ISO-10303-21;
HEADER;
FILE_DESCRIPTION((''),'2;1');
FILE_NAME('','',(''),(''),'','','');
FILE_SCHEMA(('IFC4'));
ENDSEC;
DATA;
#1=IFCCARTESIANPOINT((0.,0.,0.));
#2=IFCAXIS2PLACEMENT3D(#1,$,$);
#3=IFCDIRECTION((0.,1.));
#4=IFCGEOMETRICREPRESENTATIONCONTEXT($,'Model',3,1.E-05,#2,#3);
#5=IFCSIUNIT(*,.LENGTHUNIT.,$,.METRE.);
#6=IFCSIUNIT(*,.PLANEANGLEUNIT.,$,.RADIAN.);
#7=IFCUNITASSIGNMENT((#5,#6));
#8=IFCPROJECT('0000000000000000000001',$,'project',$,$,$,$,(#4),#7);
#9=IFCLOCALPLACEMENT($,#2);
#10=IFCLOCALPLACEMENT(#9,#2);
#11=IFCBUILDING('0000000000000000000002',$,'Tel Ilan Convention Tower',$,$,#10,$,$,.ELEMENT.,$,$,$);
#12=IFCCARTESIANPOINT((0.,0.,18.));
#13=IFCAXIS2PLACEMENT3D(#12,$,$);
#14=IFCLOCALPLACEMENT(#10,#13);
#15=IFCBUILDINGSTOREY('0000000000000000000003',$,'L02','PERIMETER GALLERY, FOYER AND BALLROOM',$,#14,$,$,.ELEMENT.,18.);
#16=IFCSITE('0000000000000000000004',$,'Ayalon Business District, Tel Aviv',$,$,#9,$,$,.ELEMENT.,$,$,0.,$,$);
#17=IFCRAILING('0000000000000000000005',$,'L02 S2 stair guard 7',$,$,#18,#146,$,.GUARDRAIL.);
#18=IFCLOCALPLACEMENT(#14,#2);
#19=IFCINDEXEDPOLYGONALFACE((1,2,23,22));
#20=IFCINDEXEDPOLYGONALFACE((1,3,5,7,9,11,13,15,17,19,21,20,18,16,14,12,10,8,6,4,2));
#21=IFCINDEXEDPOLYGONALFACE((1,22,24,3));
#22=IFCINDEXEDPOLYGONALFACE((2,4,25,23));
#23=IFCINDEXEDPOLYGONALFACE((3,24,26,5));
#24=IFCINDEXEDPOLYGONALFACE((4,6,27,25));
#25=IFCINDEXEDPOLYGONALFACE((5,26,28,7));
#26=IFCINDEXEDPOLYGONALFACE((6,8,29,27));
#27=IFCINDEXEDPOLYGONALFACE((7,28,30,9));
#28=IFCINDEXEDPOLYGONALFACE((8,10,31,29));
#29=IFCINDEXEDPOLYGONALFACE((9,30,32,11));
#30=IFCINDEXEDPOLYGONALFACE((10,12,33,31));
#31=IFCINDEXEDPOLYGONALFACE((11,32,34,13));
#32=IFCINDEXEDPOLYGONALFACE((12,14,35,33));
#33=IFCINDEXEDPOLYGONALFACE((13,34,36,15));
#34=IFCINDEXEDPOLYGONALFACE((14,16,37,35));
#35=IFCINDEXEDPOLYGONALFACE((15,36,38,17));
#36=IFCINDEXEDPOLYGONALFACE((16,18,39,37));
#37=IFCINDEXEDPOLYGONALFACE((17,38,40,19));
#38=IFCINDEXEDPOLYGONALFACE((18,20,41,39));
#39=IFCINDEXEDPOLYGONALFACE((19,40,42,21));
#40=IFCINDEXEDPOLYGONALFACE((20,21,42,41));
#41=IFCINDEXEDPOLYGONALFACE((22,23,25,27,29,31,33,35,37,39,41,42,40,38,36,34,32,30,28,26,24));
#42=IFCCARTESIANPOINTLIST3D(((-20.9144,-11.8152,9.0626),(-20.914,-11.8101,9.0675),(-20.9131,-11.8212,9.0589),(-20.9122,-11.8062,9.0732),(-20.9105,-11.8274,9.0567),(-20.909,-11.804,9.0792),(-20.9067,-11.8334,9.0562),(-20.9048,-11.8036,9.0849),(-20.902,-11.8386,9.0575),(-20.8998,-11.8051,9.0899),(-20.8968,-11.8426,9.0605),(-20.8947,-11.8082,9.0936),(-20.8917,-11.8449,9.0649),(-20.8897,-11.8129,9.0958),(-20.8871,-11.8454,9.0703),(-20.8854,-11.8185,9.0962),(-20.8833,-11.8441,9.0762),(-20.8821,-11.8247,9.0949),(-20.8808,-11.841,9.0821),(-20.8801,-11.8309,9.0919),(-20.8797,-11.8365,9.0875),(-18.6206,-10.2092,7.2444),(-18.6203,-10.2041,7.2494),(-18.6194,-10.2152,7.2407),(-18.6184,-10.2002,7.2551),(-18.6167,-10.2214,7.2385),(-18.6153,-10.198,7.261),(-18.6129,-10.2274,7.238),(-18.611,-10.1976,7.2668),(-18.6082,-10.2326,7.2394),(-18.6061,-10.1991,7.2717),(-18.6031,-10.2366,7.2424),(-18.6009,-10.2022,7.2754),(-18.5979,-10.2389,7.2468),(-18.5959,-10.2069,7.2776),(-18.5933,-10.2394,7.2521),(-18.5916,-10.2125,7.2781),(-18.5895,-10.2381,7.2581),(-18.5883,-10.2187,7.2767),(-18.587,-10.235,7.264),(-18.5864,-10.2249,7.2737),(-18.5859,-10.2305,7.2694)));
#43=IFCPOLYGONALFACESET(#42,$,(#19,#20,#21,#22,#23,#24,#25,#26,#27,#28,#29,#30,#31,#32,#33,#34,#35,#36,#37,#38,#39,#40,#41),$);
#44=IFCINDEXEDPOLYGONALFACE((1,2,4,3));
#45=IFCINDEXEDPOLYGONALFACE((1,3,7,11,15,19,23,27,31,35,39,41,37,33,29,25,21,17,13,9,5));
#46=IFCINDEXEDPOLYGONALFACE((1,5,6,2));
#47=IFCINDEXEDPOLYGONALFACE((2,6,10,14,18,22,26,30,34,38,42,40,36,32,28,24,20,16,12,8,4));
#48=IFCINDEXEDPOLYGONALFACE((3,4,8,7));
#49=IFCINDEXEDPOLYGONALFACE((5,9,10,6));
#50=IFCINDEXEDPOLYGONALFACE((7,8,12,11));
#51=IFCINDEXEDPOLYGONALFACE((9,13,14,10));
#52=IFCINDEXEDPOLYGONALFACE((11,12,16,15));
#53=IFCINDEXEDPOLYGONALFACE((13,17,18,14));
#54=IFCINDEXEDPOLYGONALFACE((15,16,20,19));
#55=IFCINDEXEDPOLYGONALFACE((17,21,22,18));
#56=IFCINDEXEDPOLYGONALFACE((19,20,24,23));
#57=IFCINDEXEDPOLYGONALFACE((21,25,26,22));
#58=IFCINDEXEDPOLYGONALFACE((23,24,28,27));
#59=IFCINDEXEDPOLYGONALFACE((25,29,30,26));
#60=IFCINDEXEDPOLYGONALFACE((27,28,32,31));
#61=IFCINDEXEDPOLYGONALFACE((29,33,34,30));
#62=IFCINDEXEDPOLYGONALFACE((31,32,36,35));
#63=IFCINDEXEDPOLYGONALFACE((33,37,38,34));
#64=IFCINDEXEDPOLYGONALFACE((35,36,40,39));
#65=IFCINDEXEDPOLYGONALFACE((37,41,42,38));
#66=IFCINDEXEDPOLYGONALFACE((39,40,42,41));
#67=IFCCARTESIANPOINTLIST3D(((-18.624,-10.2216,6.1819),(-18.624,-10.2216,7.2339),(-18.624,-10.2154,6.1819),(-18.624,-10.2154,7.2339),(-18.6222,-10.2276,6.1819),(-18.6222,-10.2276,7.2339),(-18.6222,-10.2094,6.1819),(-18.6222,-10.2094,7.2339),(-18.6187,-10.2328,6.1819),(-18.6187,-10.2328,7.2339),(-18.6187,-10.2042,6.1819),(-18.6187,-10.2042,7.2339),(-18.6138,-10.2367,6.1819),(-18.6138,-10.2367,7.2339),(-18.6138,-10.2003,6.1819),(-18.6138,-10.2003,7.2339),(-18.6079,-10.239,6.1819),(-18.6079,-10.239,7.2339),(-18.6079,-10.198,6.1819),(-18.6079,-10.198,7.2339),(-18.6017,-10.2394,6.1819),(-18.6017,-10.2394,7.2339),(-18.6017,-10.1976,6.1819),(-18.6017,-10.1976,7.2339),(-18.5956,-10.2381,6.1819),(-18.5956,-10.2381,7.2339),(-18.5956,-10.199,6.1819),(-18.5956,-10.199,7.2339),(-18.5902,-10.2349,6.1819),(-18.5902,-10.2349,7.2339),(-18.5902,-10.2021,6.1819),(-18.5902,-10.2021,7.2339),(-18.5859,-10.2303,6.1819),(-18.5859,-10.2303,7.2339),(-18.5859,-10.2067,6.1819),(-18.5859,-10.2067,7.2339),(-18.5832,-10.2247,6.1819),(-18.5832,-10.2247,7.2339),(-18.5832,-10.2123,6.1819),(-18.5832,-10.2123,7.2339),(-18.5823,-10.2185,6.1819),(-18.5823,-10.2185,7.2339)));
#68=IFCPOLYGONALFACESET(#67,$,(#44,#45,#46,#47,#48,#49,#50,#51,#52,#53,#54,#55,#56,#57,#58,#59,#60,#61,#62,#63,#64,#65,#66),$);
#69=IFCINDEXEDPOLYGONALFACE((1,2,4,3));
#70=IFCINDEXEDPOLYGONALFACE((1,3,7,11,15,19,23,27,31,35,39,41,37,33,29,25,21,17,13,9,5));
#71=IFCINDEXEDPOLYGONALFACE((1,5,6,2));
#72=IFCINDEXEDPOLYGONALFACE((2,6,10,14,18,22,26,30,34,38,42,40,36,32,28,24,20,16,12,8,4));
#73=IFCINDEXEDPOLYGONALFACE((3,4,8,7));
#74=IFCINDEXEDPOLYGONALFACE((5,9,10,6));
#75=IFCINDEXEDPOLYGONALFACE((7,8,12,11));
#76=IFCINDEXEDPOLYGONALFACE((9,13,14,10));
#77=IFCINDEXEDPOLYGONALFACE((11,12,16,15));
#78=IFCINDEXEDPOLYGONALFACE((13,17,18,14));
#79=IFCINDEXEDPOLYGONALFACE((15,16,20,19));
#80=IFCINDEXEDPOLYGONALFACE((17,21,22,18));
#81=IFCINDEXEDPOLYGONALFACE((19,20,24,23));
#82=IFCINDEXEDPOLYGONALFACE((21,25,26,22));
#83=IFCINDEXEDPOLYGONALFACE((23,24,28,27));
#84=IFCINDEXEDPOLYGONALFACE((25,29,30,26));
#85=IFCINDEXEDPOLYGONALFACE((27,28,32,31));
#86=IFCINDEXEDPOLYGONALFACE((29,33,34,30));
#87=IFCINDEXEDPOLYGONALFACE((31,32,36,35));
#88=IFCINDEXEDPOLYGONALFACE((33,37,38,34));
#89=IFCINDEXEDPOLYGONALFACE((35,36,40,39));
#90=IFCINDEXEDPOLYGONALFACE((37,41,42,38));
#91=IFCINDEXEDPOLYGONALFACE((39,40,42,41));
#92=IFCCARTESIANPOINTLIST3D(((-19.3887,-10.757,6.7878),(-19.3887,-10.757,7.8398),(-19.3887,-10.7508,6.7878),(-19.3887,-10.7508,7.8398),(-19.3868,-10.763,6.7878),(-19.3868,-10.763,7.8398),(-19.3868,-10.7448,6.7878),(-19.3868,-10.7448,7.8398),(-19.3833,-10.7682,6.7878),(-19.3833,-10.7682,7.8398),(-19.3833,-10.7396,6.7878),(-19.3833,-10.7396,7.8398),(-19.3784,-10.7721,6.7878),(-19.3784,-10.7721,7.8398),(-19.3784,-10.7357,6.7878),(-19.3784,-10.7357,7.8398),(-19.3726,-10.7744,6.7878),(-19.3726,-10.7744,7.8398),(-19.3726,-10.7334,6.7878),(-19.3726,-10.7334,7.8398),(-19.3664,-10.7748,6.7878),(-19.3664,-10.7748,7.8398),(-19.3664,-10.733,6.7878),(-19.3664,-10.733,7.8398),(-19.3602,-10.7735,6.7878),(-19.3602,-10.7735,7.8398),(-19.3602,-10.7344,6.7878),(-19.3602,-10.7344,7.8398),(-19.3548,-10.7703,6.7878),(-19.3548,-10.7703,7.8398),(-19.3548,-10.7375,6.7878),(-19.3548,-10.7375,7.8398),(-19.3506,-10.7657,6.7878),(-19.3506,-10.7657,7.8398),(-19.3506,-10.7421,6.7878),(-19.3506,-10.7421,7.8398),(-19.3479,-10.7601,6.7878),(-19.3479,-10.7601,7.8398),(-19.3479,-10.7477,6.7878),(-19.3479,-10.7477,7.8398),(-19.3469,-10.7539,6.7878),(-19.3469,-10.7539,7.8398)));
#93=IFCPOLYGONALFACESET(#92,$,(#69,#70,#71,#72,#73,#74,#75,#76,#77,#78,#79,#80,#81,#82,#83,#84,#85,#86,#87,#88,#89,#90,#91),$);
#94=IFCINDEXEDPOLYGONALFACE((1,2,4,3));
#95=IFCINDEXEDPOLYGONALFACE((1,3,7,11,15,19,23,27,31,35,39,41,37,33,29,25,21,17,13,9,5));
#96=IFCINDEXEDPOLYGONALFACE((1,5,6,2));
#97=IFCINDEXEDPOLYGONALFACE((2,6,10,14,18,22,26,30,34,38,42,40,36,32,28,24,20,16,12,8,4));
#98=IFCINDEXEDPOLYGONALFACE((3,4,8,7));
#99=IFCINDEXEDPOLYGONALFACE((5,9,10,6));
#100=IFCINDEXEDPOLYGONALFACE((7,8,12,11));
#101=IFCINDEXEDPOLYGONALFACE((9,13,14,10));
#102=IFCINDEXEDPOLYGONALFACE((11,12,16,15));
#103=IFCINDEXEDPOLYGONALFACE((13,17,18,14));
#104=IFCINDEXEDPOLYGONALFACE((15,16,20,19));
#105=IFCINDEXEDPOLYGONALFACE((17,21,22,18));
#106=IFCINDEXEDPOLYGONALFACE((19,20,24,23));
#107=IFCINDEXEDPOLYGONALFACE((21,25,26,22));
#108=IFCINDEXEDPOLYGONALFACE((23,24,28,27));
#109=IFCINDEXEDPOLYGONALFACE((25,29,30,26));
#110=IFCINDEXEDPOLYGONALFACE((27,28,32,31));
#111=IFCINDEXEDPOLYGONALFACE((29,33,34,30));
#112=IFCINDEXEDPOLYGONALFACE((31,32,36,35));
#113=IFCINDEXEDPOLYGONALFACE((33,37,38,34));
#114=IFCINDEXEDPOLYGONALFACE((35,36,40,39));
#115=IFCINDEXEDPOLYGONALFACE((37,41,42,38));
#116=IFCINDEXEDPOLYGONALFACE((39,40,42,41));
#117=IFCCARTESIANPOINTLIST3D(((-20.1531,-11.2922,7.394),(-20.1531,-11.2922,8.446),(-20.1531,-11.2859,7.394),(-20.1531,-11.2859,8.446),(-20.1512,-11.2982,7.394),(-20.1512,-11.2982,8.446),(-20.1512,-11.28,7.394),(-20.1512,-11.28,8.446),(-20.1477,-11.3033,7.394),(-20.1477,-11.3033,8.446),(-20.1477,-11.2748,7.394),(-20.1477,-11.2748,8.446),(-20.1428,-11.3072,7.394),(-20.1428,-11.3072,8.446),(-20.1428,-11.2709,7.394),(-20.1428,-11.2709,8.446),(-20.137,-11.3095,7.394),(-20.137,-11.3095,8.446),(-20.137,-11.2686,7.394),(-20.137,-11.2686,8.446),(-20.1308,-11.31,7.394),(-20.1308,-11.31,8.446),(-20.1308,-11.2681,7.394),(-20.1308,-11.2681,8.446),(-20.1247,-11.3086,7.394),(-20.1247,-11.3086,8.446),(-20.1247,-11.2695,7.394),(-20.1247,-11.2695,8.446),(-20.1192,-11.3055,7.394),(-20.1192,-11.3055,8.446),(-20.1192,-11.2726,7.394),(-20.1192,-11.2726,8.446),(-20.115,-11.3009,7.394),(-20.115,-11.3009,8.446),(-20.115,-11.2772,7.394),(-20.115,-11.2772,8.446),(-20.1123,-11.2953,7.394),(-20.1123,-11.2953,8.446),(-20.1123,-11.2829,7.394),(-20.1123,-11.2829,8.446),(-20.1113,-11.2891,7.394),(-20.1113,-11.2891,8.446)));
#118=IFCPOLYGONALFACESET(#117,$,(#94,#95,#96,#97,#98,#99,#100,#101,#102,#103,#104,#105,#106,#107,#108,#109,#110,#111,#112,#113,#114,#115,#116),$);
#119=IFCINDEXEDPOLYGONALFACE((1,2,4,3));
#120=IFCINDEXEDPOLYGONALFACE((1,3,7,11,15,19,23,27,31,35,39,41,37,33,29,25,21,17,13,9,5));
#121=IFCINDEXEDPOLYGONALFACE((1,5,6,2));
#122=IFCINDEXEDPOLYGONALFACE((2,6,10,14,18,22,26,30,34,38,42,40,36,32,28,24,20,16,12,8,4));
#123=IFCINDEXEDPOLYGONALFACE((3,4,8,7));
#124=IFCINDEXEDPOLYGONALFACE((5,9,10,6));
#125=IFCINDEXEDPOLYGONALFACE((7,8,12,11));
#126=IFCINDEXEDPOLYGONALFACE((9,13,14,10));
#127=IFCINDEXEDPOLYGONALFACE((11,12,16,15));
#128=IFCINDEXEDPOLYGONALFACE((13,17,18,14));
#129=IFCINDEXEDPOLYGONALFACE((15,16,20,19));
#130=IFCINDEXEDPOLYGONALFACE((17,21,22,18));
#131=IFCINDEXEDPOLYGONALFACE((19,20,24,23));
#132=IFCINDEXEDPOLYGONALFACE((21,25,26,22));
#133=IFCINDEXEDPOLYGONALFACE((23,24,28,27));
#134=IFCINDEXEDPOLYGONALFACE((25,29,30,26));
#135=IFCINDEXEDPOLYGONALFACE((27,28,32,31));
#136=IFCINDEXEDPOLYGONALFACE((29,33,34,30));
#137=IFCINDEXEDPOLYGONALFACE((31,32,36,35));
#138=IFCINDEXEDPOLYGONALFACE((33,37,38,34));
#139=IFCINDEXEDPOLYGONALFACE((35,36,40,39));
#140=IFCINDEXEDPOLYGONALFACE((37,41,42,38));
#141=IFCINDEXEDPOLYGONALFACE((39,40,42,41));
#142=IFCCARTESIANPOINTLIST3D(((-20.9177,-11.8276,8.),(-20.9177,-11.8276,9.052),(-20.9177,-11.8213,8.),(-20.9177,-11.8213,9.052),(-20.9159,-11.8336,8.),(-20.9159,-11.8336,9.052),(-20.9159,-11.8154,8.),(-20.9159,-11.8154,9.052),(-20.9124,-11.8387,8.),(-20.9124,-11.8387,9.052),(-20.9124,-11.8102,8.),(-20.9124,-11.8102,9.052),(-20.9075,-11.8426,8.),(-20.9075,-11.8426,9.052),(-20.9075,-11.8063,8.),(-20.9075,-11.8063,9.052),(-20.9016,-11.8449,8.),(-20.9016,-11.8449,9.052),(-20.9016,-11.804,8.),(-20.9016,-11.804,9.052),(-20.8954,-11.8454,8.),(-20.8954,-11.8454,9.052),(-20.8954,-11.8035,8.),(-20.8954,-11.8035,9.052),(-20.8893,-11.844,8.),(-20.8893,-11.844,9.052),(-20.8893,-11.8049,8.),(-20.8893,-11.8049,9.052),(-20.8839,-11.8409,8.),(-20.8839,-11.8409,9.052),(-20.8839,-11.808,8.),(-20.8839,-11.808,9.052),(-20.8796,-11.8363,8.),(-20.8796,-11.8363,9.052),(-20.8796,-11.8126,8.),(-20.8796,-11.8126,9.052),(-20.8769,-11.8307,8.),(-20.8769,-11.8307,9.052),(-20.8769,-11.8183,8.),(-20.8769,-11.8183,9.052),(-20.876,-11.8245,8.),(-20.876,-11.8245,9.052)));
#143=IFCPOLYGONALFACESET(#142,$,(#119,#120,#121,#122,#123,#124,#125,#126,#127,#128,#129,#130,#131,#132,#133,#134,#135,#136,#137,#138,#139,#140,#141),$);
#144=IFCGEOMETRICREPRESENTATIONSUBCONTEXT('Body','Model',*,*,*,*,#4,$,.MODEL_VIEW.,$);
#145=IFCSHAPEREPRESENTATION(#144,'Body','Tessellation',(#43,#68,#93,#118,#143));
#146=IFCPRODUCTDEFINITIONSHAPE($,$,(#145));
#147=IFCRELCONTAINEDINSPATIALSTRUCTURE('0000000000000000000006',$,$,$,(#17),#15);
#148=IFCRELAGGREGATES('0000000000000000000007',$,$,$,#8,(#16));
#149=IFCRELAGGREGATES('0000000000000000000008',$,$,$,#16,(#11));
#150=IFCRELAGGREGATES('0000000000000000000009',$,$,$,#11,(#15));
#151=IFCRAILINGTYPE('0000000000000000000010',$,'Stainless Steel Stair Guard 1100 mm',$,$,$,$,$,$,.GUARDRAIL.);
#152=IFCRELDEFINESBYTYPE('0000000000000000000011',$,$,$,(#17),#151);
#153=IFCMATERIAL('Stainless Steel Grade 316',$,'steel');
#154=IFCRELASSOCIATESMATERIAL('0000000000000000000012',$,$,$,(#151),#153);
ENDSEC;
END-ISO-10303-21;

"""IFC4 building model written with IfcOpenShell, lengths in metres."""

from ifc_helpers import new_model, si_unit, direction, frame, origin, origin_2d, place, context, subcontext, project, spatial, circle, extrude, material, type_object, element, save


model = new_model("IFC4")

# Units and contexts
model_context = context("Model", 3, precision=1e-05, world=origin(), true_north=direction((0.0, 1.0)))
body_context = subcontext(model_context, "Body", "Model", "MODEL_VIEW")
ifc_project = project(units=[si_unit("LENGTHUNIT", "METRE"), si_unit("PLANEANGLEUNIT", "RADIAN")], contexts=[model_context])

# Site, building, storey
site_placement = place(None, origin())
site = spatial("IfcSite", under=ifc_project, at=site_placement, Name="Ayalon Business District, Tel Aviv", CompositionType="ELEMENT", RefElevation=0.0)
building_placement = place(site_placement, origin())
building = spatial("IfcBuilding", under=site, at=building_placement, Name="Tel Ilan Convention Tower", CompositionType="ELEMENT")
storey_placement = place(building_placement, frame((0.0, 0.0, 18.0)))
storey = spatial("IfcBuildingStorey", under=building, at=storey_placement, Name="L02", Description="PERIMETER GALLERY, FOYER AND BALLROOM", CompositionType="ELEMENT", Elevation=18.0)

# Railing
ifc_material_1 = material(Name="Stainless Steel Grade 316", Category="steel")
railing_type_1 = type_object("IfcRailingType", Name="Stainless Steel Stair Guard 1100 mm", PredefinedType="GUARDRAIL", material=ifc_material_1)
railing_1_placement = place(storey_placement, frame((-18.6033, -10.2185, 6.1819)))
element("IfcRailing", 1, at=railing_1_placement, inside=storey, type_object=railing_type_1, Name="L02 S2 stair guard 7", PredefinedType="GUARDRAIL", context=body_context, shape_type="SweptSolid", body=[
    extrude(circle(Radius=0.0239, at=origin_2d()), frame((0.0, 0.0, 1.0762), z_axis=(-0.687042, -0.481039, 0.544587), x_axis=(0.57355, -0.81917, 0.0)), (0.0, 0.0, 1.0), 3.3386),
    extrude(circle(Radius=0.021, at=origin_2d()), origin(), (0.0, 0.0, 1.0), 1.052),
    extrude(circle(Radius=0.021, at=origin_2d()), frame((-0.7646, -0.5354, 0.606)), (0.0, 0.0, 1.0), 1.052),
    extrude(circle(Radius=0.021, at=origin_2d()), frame((-1.5291, -1.0706, 1.2122)), (0.0, 0.0, 1.0), 1.052),
    extrude(circle(Radius=0.021, at=origin_2d()), frame((-2.2937, -1.606, 1.8181)), (0.0, 0.0, 1.0), 1.052),
])

save(model, "model.ifc")
